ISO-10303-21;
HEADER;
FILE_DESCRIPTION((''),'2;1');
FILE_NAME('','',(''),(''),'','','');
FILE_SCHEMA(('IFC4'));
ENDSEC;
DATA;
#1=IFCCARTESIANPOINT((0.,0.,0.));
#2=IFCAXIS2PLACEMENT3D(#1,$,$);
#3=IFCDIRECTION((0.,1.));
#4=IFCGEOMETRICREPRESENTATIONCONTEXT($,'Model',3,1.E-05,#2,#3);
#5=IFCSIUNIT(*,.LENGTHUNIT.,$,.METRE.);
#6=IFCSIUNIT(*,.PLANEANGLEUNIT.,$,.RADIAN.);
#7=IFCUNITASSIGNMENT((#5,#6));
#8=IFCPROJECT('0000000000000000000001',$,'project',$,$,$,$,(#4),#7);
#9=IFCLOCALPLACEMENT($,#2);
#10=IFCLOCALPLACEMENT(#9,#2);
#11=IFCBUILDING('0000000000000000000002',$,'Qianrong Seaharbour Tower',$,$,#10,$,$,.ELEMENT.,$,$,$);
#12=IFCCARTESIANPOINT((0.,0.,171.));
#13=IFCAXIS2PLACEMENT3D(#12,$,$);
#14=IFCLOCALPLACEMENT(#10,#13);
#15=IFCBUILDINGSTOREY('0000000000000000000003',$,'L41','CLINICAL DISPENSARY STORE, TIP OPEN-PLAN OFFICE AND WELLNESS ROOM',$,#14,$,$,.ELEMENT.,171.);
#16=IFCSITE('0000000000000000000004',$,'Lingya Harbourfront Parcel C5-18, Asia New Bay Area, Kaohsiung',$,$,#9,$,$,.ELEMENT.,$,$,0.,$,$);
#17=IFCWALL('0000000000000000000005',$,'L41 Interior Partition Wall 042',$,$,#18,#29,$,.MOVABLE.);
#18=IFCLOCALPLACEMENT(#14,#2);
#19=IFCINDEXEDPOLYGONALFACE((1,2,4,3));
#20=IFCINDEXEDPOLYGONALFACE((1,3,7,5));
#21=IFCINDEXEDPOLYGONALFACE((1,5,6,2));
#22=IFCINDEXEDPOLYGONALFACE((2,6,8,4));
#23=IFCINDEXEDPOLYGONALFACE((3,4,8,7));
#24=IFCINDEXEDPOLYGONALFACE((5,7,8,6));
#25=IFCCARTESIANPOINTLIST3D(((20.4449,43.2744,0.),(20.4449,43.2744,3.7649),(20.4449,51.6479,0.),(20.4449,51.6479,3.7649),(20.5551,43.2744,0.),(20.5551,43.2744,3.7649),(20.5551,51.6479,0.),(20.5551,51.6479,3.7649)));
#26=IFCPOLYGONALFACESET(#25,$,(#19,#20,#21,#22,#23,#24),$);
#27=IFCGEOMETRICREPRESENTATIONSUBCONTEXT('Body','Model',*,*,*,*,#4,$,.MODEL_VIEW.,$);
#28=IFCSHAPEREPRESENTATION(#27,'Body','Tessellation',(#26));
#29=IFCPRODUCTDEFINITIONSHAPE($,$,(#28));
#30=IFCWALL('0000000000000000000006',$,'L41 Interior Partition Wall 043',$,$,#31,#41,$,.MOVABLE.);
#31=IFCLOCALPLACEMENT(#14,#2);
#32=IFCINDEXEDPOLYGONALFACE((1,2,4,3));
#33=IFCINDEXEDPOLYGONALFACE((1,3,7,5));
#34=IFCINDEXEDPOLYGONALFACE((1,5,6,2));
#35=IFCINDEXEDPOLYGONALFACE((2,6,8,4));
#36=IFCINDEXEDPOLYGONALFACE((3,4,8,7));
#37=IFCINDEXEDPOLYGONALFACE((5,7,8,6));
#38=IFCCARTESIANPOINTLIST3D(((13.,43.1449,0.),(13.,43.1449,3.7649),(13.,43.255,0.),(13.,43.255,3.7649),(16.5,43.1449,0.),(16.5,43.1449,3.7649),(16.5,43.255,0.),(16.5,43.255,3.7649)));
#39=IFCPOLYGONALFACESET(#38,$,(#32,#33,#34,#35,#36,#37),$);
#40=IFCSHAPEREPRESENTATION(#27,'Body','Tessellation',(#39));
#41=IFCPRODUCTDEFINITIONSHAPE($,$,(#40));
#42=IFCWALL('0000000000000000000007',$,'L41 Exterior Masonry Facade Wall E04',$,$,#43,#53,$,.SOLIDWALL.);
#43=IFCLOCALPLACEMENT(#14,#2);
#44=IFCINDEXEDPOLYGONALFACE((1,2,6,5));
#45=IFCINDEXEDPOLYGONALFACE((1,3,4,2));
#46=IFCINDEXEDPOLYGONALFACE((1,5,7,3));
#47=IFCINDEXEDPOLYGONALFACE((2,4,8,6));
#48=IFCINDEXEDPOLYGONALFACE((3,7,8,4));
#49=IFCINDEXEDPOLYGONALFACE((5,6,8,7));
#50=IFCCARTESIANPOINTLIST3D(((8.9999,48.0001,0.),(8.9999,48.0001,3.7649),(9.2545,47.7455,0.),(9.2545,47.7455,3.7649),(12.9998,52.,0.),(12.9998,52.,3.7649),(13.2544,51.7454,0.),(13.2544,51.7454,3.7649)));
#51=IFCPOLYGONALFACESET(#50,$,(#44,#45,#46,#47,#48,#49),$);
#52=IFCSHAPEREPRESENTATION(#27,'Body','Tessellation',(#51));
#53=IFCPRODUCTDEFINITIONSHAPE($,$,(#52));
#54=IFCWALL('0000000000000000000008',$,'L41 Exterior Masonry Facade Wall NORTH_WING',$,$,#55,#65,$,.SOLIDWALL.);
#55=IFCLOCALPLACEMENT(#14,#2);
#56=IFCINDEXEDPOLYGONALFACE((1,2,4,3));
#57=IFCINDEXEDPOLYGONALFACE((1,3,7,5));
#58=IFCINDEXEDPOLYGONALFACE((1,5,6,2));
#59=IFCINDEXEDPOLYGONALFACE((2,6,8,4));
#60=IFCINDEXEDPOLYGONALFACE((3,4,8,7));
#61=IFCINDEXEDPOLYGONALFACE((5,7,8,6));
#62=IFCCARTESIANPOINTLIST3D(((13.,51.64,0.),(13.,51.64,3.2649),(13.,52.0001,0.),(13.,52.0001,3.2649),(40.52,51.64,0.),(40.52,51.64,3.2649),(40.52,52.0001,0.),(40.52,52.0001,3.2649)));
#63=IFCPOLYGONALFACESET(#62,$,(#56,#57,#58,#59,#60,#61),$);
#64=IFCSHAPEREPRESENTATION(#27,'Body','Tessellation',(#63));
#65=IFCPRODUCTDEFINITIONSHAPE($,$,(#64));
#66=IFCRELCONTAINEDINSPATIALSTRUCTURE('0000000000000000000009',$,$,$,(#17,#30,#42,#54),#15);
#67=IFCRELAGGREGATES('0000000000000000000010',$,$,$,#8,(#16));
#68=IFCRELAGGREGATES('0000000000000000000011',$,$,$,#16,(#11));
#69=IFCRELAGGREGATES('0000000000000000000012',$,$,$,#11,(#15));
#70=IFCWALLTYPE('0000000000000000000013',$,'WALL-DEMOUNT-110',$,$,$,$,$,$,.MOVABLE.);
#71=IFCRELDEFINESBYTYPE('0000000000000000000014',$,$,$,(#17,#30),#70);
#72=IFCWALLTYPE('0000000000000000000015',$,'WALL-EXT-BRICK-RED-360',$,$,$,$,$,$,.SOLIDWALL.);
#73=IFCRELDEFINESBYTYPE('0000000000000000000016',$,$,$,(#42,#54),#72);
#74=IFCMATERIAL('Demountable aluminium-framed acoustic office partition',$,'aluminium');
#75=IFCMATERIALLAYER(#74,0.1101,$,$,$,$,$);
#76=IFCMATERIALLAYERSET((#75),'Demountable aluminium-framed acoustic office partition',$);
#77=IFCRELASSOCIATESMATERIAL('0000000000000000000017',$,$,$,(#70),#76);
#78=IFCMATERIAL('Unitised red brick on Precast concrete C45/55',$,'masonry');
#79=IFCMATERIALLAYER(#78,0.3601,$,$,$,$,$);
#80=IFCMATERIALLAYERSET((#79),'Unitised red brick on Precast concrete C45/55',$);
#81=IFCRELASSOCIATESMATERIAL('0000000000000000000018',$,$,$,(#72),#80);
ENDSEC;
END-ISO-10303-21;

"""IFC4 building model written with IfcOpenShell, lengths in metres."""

from ifc_helpers import new_model, si_unit, direction, frame, frame_2d, origin, place, context, subcontext, project, spatial, rectangle, extrude, material, layer, layer_set, type_object, element, save


model = new_model("IFC4")

# Units and contexts
model_context = context("Model", 3, precision=1e-05, world=origin(), true_north=direction((0.0, 1.0)))
body_context = subcontext(model_context, "Body", "Model", "MODEL_VIEW")
ifc_project = project(units=[si_unit("LENGTHUNIT", "METRE"), si_unit("PLANEANGLEUNIT", "RADIAN")], contexts=[model_context])

# Site, building, storey
site_placement = place(None, origin())
site = spatial("IfcSite", under=ifc_project, at=site_placement, Name="Lingya Harbourfront Parcel C5-18, Asia New Bay Area, Kaohsiung", CompositionType="ELEMENT", RefElevation=0.0)
building_placement = place(site_placement, origin())
building = spatial("IfcBuilding", under=site, at=building_placement, Name="Qianrong Seaharbour Tower", CompositionType="ELEMENT")
storey_placement = place(building_placement, frame((0.0, 0.0, 171.0)))
storey = spatial("IfcBuildingStorey", under=building, at=storey_placement, Name="L41", Description="CLINICAL DISPENSARY STORE, TIP OPEN-PLAN OFFICE AND WELLNESS ROOM", CompositionType="ELEMENT", Elevation=171.0)

# Shared definitions
ifc_material_1 = material(Name="Demountable aluminium-framed acoustic office partition", Category="aluminium")
ifc_layer_1 = layer(ifc_material_1, 0.1101)
ifc_layer_set_1 = layer_set([ifc_layer_1], Name="Demountable aluminium-framed acoustic office partition")
wall_type_1 = type_object("IfcWallType", Name="WALL-DEMOUNT-110", PredefinedType="MOVABLE", material=ifc_layer_set_1)

# Walls
wall_1_placement = place(storey_placement, frame((20.5, 51.6479, 0.0), z_axis=(0.0, 0.0, 1.0), x_axis=(0.0, -1.0, 0.0)))
element("IfcWall", 1, at=wall_1_placement, inside=storey, type_object=wall_type_1, Name="L41 Interior Partition Wall 042", PredefinedType="MOVABLE", context=body_context, shape_type="SweptSolid", body=[
    extrude(rectangle(XDim=8.3735, YDim=0.1101, at=frame_2d((4.1868, 0.0))), origin(), (0.0, 0.0, 1.0), 3.7649),
])
wall_2_placement = place(storey_placement, frame((16.5, 43.2, 0.0), z_axis=(0.0, 0.0, 1.0), x_axis=(-1.0, 0.0, 0.0)))
element("IfcWall", 2, at=wall_2_placement, inside=storey, type_object=wall_type_1, Name="L41 Interior Partition Wall 043", PredefinedType="MOVABLE", context=body_context, shape_type="SweptSolid", body=[
    extrude(rectangle(XDim=3.5, YDim=0.1101, at=frame_2d((1.75, 0.0))), origin(), (0.0, 0.0, 1.0), 3.7649),
])
ifc_material_2 = material(Name="Unitised red brick on Precast concrete C45/55", Category="masonry")
ifc_layer_2 = layer(ifc_material_2, 0.3601)
ifc_layer_set_2 = layer_set([ifc_layer_2], Name="Unitised red brick on Precast concrete C45/55")
wall_type_2 = type_object("IfcWallType", Name="WALL-EXT-BRICK-RED-360", PredefinedType="SOLIDWALL", material=ifc_layer_set_2)
wall_3_placement = place(storey_placement, frame((9.1272, 47.8728, 0.0), z_axis=(0.0, 0.0, 1.0), x_axis=(0.707107, 0.707107, 0.0)))
element("IfcWall", 3, at=wall_3_placement, inside=storey, type_object=wall_type_2, Name="L41 Exterior Masonry Facade Wall E04", PredefinedType="SOLIDWALL", context=body_context, shape_type="SweptSolid", body=[
    extrude(rectangle(XDim=5.6567, YDim=0.3601, at=frame_2d((2.8284, 0.0))), origin(), (0.0, 0.0, 1.0), 3.7649),
])
wall_4_placement = place(storey_placement, frame((13.0, 51.8201, 0.0), z_axis=(0.0, 0.0, 1.0), x_axis=(1.0, 0.0, 0.0)))
element("IfcWall", 4, at=wall_4_placement, inside=storey, type_object=wall_type_2, Name="L41 Exterior Masonry Facade Wall NORTH_WING", PredefinedType="SOLIDWALL", context=body_context, shape_type="SweptSolid", body=[
    extrude(rectangle(XDim=27.52, YDim=0.3601, at=frame_2d((13.76, 0.0))), origin(), (0.0, 0.0, 1.0), 3.2649),
])

save(model, "model.ifc")
